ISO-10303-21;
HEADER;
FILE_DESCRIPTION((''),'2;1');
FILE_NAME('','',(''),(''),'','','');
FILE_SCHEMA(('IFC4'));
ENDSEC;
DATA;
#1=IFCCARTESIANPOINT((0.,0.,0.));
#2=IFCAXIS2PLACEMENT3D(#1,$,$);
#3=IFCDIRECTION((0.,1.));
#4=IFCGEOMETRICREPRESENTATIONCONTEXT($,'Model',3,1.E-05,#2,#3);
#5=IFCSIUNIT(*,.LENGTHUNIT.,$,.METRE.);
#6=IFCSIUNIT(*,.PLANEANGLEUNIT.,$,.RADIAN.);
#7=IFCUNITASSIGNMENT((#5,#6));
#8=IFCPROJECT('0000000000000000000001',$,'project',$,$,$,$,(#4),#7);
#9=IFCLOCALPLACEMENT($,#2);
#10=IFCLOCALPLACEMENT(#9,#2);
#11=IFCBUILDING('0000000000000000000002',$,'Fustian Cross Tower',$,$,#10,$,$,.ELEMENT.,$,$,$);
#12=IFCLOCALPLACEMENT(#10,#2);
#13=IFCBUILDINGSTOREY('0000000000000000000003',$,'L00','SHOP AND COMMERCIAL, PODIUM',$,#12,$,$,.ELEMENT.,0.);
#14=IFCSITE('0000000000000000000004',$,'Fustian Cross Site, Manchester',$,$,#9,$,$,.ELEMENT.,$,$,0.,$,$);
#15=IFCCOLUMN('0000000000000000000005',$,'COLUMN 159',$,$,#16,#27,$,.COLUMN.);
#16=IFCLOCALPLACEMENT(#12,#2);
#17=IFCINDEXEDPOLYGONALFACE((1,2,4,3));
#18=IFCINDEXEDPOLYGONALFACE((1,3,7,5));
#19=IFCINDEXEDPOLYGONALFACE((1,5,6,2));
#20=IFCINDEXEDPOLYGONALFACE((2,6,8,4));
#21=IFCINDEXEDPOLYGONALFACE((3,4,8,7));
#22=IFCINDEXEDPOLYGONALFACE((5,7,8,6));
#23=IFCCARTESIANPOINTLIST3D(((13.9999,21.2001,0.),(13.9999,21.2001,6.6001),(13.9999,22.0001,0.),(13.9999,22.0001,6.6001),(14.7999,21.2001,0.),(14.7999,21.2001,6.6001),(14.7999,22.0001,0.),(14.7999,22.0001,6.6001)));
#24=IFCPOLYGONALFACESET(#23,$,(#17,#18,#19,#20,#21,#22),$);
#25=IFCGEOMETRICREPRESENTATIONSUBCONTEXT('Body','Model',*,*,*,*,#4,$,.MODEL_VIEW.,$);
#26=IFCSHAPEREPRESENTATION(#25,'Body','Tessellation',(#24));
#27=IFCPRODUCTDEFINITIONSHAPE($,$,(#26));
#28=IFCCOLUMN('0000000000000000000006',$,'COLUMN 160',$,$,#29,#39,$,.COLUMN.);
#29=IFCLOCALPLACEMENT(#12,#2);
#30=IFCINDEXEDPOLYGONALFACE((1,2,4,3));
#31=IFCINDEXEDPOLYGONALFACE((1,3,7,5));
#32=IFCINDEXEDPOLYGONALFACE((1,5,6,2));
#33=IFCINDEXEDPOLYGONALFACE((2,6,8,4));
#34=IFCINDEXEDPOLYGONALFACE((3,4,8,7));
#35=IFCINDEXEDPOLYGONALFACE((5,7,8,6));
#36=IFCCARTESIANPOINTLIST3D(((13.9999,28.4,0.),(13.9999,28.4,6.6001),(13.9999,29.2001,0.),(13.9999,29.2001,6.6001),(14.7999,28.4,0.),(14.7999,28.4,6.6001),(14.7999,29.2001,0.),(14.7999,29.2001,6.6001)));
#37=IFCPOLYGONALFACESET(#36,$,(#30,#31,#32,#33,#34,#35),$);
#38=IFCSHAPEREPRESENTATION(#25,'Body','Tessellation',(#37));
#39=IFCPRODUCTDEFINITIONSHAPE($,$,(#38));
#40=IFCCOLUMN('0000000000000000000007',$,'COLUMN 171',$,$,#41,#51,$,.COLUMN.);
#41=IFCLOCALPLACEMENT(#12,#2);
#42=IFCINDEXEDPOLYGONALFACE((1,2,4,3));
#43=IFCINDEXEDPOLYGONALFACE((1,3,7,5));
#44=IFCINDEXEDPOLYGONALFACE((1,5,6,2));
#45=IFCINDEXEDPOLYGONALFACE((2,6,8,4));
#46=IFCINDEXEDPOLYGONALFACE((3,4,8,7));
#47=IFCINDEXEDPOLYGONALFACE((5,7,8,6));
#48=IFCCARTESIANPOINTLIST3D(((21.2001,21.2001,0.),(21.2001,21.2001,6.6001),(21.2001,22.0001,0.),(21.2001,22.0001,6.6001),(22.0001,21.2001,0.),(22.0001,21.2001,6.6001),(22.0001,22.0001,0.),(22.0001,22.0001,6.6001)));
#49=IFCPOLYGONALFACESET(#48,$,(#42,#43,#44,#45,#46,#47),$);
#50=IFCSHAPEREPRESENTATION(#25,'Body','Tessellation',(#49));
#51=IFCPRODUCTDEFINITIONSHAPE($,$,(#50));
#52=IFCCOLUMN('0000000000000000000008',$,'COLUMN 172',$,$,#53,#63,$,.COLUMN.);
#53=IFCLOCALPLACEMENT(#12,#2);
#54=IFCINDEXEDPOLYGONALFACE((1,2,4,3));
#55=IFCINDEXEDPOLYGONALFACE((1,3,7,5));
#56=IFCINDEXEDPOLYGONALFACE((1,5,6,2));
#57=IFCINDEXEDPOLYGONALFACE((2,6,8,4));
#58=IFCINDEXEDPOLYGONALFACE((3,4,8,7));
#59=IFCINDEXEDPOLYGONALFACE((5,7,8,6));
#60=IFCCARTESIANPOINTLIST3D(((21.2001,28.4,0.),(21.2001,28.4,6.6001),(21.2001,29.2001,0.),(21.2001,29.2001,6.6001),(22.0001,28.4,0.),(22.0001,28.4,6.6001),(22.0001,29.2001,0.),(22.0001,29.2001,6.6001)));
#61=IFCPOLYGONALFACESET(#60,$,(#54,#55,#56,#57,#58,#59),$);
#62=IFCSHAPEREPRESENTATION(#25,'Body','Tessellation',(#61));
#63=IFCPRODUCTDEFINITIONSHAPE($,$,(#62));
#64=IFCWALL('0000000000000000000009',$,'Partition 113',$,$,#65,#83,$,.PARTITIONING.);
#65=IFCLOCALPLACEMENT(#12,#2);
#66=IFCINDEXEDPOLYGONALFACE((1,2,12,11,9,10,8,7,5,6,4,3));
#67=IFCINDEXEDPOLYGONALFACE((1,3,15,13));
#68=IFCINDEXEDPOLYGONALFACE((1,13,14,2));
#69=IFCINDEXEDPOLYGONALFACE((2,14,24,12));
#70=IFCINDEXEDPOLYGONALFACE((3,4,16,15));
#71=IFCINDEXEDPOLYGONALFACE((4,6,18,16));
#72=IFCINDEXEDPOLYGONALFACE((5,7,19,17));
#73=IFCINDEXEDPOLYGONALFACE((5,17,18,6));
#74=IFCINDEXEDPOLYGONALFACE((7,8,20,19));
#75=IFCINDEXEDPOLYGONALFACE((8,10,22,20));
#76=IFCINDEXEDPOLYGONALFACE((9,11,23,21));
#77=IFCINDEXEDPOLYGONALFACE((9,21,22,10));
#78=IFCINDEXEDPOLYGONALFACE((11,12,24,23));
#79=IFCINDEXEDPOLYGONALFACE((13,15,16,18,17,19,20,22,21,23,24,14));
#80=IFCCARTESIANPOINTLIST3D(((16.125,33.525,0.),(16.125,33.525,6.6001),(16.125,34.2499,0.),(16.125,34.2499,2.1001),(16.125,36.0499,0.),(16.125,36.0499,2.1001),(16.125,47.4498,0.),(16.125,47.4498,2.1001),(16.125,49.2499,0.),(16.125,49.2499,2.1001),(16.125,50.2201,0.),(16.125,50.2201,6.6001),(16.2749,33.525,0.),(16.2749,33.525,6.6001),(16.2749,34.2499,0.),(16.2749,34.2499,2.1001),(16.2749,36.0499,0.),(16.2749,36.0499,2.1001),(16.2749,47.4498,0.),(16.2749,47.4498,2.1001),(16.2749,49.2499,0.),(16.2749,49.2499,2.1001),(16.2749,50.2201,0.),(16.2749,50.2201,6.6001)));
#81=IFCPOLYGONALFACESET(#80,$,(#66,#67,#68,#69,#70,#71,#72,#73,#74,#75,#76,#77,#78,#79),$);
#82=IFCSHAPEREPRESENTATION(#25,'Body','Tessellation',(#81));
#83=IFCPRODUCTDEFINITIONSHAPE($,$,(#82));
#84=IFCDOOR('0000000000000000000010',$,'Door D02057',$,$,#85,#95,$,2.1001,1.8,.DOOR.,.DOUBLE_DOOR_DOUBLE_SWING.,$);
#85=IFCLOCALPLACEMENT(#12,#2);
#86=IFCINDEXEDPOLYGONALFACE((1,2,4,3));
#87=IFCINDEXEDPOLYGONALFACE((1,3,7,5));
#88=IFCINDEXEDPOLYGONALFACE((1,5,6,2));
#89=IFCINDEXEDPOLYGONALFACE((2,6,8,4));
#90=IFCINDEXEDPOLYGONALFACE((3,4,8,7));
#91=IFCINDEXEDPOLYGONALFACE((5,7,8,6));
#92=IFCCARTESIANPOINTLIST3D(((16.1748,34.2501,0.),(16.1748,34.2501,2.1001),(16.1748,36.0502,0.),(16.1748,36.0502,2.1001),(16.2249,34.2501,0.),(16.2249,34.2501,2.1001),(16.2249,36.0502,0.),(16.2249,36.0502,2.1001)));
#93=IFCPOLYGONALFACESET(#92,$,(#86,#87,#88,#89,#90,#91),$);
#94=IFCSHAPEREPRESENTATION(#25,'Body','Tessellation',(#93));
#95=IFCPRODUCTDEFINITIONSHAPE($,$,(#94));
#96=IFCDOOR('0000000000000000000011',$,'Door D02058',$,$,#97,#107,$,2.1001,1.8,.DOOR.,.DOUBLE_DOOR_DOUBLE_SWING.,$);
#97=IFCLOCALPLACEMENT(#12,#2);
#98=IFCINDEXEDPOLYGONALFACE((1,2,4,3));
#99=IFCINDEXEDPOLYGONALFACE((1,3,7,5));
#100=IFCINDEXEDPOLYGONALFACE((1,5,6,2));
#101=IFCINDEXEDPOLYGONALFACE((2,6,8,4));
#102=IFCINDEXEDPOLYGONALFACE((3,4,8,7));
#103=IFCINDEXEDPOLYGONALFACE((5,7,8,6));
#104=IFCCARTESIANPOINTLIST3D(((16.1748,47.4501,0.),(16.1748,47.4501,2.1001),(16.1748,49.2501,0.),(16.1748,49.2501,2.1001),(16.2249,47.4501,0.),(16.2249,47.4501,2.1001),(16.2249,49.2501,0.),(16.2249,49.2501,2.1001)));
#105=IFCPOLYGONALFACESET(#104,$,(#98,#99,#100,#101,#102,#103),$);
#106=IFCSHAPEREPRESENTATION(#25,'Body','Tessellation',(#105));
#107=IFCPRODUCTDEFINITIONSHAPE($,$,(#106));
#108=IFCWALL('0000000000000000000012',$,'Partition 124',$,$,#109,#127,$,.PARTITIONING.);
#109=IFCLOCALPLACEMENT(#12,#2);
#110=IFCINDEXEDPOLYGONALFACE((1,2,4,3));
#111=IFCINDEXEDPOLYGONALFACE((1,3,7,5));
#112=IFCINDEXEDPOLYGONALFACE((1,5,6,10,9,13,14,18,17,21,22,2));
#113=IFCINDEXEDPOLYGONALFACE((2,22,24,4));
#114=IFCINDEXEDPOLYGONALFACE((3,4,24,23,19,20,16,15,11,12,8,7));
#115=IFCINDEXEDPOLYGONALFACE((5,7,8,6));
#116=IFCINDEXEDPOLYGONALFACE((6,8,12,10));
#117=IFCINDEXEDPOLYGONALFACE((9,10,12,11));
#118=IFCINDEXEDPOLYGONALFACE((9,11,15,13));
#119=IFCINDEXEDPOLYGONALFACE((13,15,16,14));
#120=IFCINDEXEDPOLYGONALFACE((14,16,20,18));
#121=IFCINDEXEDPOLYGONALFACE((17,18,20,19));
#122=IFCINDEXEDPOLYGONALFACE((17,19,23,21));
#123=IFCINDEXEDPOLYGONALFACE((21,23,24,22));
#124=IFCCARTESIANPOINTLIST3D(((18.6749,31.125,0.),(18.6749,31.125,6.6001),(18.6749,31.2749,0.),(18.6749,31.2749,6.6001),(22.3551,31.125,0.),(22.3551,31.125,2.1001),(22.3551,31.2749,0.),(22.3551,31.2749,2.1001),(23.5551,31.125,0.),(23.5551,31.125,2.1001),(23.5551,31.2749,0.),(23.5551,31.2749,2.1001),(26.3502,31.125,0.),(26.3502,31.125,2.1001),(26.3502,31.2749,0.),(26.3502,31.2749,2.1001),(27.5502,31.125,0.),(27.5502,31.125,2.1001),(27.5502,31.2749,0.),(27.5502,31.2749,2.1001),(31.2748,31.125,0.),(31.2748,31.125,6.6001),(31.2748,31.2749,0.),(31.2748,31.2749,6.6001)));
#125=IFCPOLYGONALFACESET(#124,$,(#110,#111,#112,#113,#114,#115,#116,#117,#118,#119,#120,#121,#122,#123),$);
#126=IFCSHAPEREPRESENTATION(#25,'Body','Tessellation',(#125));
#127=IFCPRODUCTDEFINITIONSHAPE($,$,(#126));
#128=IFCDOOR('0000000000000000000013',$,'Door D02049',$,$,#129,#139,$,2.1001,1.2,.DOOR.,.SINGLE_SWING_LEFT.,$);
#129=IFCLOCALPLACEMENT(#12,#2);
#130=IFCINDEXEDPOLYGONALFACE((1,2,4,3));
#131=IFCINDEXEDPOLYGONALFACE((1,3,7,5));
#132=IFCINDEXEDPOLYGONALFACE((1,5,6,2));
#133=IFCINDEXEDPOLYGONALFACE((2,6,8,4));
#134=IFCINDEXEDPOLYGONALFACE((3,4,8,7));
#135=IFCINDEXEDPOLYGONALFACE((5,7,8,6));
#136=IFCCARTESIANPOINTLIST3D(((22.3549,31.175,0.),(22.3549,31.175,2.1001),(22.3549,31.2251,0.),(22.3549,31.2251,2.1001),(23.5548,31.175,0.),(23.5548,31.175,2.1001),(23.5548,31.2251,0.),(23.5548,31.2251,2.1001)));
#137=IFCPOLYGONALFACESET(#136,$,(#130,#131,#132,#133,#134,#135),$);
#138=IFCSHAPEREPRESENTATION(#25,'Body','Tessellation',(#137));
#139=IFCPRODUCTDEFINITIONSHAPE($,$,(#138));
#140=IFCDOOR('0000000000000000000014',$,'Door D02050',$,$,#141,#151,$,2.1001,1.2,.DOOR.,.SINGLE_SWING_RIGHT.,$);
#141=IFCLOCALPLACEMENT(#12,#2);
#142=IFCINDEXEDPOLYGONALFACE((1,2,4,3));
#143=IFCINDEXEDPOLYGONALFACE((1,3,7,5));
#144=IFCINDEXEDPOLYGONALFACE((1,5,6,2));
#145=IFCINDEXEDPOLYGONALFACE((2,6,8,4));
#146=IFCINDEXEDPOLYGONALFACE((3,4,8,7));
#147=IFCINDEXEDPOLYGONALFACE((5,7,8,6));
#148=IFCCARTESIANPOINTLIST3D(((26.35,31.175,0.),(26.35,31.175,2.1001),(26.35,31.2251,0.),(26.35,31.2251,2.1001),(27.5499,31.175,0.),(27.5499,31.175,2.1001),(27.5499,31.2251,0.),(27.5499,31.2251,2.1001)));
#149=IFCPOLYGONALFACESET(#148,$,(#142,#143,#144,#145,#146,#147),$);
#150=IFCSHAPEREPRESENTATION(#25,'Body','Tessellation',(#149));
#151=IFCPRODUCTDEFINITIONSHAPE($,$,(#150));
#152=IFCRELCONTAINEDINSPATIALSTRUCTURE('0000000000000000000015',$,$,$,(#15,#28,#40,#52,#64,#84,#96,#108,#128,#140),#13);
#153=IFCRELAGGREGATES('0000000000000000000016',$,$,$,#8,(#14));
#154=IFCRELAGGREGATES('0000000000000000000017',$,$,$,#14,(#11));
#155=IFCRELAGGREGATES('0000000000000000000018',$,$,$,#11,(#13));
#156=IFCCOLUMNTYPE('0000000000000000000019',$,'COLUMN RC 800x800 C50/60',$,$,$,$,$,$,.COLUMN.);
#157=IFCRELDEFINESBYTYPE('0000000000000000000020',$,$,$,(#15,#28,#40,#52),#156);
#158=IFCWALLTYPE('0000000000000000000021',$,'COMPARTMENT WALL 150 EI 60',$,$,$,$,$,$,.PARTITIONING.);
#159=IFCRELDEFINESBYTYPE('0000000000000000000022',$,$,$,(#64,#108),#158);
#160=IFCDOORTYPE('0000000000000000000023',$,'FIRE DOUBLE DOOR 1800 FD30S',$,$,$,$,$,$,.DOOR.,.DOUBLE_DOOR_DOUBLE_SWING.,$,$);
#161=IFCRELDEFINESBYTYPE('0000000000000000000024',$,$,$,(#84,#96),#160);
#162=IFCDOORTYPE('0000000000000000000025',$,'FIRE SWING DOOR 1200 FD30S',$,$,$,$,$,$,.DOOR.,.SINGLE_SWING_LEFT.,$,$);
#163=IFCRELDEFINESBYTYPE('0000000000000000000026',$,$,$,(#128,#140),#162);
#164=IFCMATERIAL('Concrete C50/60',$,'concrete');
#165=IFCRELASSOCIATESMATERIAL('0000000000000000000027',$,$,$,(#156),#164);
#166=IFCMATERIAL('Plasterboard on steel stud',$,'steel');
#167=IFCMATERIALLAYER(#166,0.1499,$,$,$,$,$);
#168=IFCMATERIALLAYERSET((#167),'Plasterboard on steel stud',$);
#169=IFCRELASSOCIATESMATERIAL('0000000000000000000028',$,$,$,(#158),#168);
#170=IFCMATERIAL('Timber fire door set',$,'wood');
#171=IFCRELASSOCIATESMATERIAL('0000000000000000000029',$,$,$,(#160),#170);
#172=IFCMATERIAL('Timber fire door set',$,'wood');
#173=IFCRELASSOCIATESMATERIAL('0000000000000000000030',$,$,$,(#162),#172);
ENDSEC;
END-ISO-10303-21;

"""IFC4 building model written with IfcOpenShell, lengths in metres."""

from ifc_helpers import new_model, si_unit, direction, frame, frame_2d, origin, origin_2d, place, context, subcontext, project, spatial, rectangle, extrude, material, layer, layer_set, material_profile, profile_set, type_object, element, fill, save


model = new_model("IFC4")

# Units and contexts
model_context = context("Model", 3, precision=1e-05, world=origin(), true_north=direction((0.0, 1.0)))
body_context = subcontext(model_context, "Body", "Model", "MODEL_VIEW")
ifc_project = project(units=[si_unit("LENGTHUNIT", "METRE"), si_unit("PLANEANGLEUNIT", "RADIAN")], contexts=[model_context])

# Site, building, storey
site_placement = place(None, origin())
site = spatial("IfcSite", under=ifc_project, at=site_placement, Name="Fustian Cross Site, Manchester", CompositionType="ELEMENT", RefElevation=0.0)
building_placement = place(site_placement, origin())
building = spatial("IfcBuilding", under=site, at=building_placement, Name="Fustian Cross Tower", CompositionType="ELEMENT")
storey_placement = place(building_placement, origin())
storey = spatial("IfcBuildingStorey", under=building, at=storey_placement, Name="L00", Description="SHOP AND COMMERCIAL, PODIUM", CompositionType="ELEMENT", Elevation=0.0)

# Columns
ifc_material_1 = material(Name="Concrete C50/60", Category="concrete")
ifc_material_profile = material_profile(ifc_material_1, rectangle(XDim=0.8, YDim=0.8, at=origin_2d()), Name="RC 800x800")
ifc_profile_set = profile_set([ifc_material_profile], Name="Concrete C50/60")
column_type = type_object("IfcColumnType", Name="COLUMN RC 800x800 C50/60", PredefinedType="COLUMN", material=ifc_profile_set)
for number, where, z_axis, x_axis, name in (
    (1, (14.3999, 21.6001, 0.0), (0.0, 0.0, 1.0), (1.0, 0.0, 0.0), "COLUMN 159"),
    (2, (14.3999, 28.8, 0.0), (0.0, 0.0, 1.0), (1.0, 0.0, 0.0), "COLUMN 160"),
    (3, (21.6001, 21.6001, 0.0), (0.0, 0.0, 1.0), (1.0, 0.0, 0.0), "COLUMN 171"),
    (4, (21.6001, 28.8, 0.0), (0.0, 0.0, 1.0), (1.0, 0.0, 0.0), "COLUMN 172"),
):
    element("IfcColumn", number, at=place(storey_placement, frame(where, z_axis=z_axis, x_axis=x_axis)), inside=storey, type_object=column_type, Name=name, PredefinedType="COLUMN", context=body_context, shape_type="SweptSolid", body=[
        extrude(rectangle(XDim=0.8, YDim=0.8, at=origin_2d()), origin(), (0.0, 0.0, 1.0), 6.6001),
    ])

# Walls, openings, doors
ifc_material_2 = material(Name="Plasterboard on steel stud", Category="steel")
ifc_layer_1 = layer(ifc_material_2, 0.1499)
ifc_layer_set_1 = layer_set([ifc_layer_1], Name="Plasterboard on steel stud")
wall_type_1 = type_object("IfcWallType", Name="COMPARTMENT WALL 150 EI 60", PredefinedType="PARTITIONING", material=ifc_layer_set_1)
wall_1_placement = place(storey_placement, frame((16.2, 33.5249, 0.0), z_axis=(0.0, 0.0, 1.0), x_axis=(0.0, 1.0, 0.0)))
wall_1 = element("IfcWall", 5, at=wall_1_placement, inside=storey, type_object=wall_type_1, Name="Partition 113", PredefinedType="PARTITIONING", context=body_context, shape_type="SweptSolid", body=[
    extrude(rectangle(XDim=16.6951, YDim=0.1499, at=frame_2d((8.3477, 0.0))), origin(), (0.0, 0.0, 1.0), 6.6001),
])
opening_1_placement = place(wall_1_placement, frame((0.7251, 0.0, 0.0)))
opening_1 = element("IfcOpeningElement", 6, at=opening_1_placement, cuts=wall_1, PredefinedType="OPENING", context=body_context, shape_type="SweptSolid", body=[
    extrude(rectangle(XDim=1.8, YDim=2.1001, at=frame_2d((0.8999, 1.05))), frame((0.0, 0.085, 0.0), z_axis=(0.0, -1.0, 0.0), x_axis=(1.0, 0.0, 0.0)), (0.0, 0.0, 1.0), 0.1699),
])
opening_2_placement = place(wall_1_placement, frame((13.925, 0.0, 0.0)))
opening_2 = element("IfcOpeningElement", 7, at=opening_2_placement, cuts=wall_1, PredefinedType="OPENING", context=body_context, shape_type="SweptSolid", body=[
    extrude(rectangle(XDim=1.8, YDim=2.1001, at=frame_2d((0.8999, 1.05))), frame((0.0, 0.085, 0.0), z_axis=(0.0, -1.0, 0.0), x_axis=(1.0, 0.0, 0.0)), (0.0, 0.0, 1.0), 0.1699),
])
ifc_material_3 = material(Name="Timber fire door set", Category="wood")
door_type_1 = type_object("IfcDoorType", Name="FIRE DOUBLE DOOR 1800 FD30S", OperationType="DOUBLE_DOOR_DOUBLE_SWING", PredefinedType="DOOR", material=ifc_material_3)
door_1_placement = place(opening_1_placement, frame((1.8, 0.0, 0.0), z_axis=(0.0, 0.0, 1.0), x_axis=(-1.0, 0.0, 0.0)))
door_1 = element("IfcDoor", 8, at=door_1_placement, inside=storey, type_object=door_type_1, Name="Door D02057", OperationType="DOUBLE_DOOR_DOUBLE_SWING", OverallHeight=2.1001, OverallWidth=1.8, PredefinedType="DOOR", context=body_context, shape_type="SweptSolid", body=[
    extrude(rectangle(XDim=1.8, YDim=2.1001, at=frame_2d((0.8999, 1.05))), frame((0.0, 0.0249, 0.0), z_axis=(0.0, -1.0, 0.0), x_axis=(1.0, 0.0, 0.0)), (0.0, 0.0, 1.0), 0.05),
])
fill(opening_1, door_1)
door_2_placement = place(opening_2_placement, frame((1.8, 0.0, 0.0), z_axis=(0.0, 0.0, 1.0), x_axis=(-1.0, 0.0, 0.0)))
door_2 = element("IfcDoor", 9, at=door_2_placement, inside=storey, type_object=door_type_1, Name="Door D02058", OperationType="DOUBLE_DOOR_DOUBLE_SWING", OverallHeight=2.1001, OverallWidth=1.8, PredefinedType="DOOR", context=body_context, shape_type="SweptSolid", body=[
    extrude(rectangle(XDim=1.8, YDim=2.1001, at=frame_2d((0.8999, 1.05))), frame((0.0, 0.0249, 0.0), z_axis=(0.0, -1.0, 0.0), x_axis=(1.0, 0.0, 0.0)), (0.0, 0.0, 1.0), 0.05),
])
fill(opening_2, door_2)
wall_2_placement = place(storey_placement, frame((18.675, 31.2, 0.0), z_axis=(0.0, 0.0, 1.0), x_axis=(1.0, 0.0, 0.0)))
wall_2 = element("IfcWall", 10, at=wall_2_placement, inside=storey, type_object=wall_type_1, Name="Partition 124", PredefinedType="PARTITIONING", context=body_context, shape_type="SweptSolid", body=[
    extrude(rectangle(XDim=12.5999, YDim=0.1499, at=frame_2d((6.2998, 0.0))), origin(), (0.0, 0.0, 1.0), 6.6001),
])
opening_3_placement = place(wall_2_placement, frame((3.6799, 0.0, 0.0)))
opening_3 = element("IfcOpeningElement", 11, at=opening_3_placement, cuts=wall_2, PredefinedType="OPENING", context=body_context, shape_type="SweptSolid", body=[
    extrude(rectangle(XDim=1.2, YDim=2.1001, at=frame_2d((0.6001, 1.05))), frame((0.0, 0.085, 0.0), z_axis=(0.0, -1.0, 0.0), x_axis=(1.0, 0.0, 0.0)), (0.0, 0.0, 1.0), 0.1699),
])
opening_4_placement = place(wall_2_placement, frame((7.675, 0.0, 0.0)))
opening_4 = element("IfcOpeningElement", 12, at=opening_4_placement, cuts=wall_2, PredefinedType="OPENING", context=body_context, shape_type="SweptSolid", body=[
    extrude(rectangle(XDim=1.2, YDim=2.1001, at=frame_2d((0.6001, 1.05))), frame((0.0, 0.085, 0.0), z_axis=(0.0, -1.0, 0.0), x_axis=(1.0, 0.0, 0.0)), (0.0, 0.0, 1.0), 0.1699),
])
ifc_material_4 = material(Name="Timber fire door set", Category="wood")
door_type_2 = type_object("IfcDoorType", Name="FIRE SWING DOOR 1200 FD30S", OperationType="SINGLE_SWING_LEFT", PredefinedType="DOOR", material=ifc_material_4)
door_3_placement = place(opening_3_placement, frame((1.2, 0.0, 0.0), z_axis=(0.0, 0.0, 1.0), x_axis=(-1.0, 0.0, 0.0)))
door_3 = element("IfcDoor", 13, at=door_3_placement, inside=storey, type_object=door_type_2, Name="Door D02049", OperationType="SINGLE_SWING_LEFT", OverallHeight=2.1001, OverallWidth=1.2, PredefinedType="DOOR", context=body_context, shape_type="SweptSolid", body=[
    extrude(rectangle(XDim=1.2, YDim=2.1001, at=frame_2d((0.6001, 1.05))), frame((0.0, 0.0249, 0.0), z_axis=(0.0, -1.0, 0.0), x_axis=(1.0, 0.0, 0.0)), (0.0, 0.0, 1.0), 0.05),
])
fill(opening_3, door_3)
door_4_placement = place(opening_4_placement, frame((1.2, 0.0, 0.0), z_axis=(0.0, 0.0, 1.0), x_axis=(-1.0, 0.0, 0.0)))
door_4 = element("IfcDoor", 14, at=door_4_placement, inside=storey, type_object=door_type_2, Name="Door D02050", OperationType="SINGLE_SWING_RIGHT", OverallHeight=2.1001, OverallWidth=1.2, PredefinedType="DOOR", context=body_context, shape_type="SweptSolid", body=[
    extrude(rectangle(XDim=1.2, YDim=2.1001, at=frame_2d((0.6001, 1.05))), frame((0.0, 0.0249, 0.0), z_axis=(0.0, -1.0, 0.0), x_axis=(1.0, 0.0, 0.0)), (0.0, 0.0, 1.0), 0.05),
])
fill(opening_4, door_4)

save(model, "model.ifc")
